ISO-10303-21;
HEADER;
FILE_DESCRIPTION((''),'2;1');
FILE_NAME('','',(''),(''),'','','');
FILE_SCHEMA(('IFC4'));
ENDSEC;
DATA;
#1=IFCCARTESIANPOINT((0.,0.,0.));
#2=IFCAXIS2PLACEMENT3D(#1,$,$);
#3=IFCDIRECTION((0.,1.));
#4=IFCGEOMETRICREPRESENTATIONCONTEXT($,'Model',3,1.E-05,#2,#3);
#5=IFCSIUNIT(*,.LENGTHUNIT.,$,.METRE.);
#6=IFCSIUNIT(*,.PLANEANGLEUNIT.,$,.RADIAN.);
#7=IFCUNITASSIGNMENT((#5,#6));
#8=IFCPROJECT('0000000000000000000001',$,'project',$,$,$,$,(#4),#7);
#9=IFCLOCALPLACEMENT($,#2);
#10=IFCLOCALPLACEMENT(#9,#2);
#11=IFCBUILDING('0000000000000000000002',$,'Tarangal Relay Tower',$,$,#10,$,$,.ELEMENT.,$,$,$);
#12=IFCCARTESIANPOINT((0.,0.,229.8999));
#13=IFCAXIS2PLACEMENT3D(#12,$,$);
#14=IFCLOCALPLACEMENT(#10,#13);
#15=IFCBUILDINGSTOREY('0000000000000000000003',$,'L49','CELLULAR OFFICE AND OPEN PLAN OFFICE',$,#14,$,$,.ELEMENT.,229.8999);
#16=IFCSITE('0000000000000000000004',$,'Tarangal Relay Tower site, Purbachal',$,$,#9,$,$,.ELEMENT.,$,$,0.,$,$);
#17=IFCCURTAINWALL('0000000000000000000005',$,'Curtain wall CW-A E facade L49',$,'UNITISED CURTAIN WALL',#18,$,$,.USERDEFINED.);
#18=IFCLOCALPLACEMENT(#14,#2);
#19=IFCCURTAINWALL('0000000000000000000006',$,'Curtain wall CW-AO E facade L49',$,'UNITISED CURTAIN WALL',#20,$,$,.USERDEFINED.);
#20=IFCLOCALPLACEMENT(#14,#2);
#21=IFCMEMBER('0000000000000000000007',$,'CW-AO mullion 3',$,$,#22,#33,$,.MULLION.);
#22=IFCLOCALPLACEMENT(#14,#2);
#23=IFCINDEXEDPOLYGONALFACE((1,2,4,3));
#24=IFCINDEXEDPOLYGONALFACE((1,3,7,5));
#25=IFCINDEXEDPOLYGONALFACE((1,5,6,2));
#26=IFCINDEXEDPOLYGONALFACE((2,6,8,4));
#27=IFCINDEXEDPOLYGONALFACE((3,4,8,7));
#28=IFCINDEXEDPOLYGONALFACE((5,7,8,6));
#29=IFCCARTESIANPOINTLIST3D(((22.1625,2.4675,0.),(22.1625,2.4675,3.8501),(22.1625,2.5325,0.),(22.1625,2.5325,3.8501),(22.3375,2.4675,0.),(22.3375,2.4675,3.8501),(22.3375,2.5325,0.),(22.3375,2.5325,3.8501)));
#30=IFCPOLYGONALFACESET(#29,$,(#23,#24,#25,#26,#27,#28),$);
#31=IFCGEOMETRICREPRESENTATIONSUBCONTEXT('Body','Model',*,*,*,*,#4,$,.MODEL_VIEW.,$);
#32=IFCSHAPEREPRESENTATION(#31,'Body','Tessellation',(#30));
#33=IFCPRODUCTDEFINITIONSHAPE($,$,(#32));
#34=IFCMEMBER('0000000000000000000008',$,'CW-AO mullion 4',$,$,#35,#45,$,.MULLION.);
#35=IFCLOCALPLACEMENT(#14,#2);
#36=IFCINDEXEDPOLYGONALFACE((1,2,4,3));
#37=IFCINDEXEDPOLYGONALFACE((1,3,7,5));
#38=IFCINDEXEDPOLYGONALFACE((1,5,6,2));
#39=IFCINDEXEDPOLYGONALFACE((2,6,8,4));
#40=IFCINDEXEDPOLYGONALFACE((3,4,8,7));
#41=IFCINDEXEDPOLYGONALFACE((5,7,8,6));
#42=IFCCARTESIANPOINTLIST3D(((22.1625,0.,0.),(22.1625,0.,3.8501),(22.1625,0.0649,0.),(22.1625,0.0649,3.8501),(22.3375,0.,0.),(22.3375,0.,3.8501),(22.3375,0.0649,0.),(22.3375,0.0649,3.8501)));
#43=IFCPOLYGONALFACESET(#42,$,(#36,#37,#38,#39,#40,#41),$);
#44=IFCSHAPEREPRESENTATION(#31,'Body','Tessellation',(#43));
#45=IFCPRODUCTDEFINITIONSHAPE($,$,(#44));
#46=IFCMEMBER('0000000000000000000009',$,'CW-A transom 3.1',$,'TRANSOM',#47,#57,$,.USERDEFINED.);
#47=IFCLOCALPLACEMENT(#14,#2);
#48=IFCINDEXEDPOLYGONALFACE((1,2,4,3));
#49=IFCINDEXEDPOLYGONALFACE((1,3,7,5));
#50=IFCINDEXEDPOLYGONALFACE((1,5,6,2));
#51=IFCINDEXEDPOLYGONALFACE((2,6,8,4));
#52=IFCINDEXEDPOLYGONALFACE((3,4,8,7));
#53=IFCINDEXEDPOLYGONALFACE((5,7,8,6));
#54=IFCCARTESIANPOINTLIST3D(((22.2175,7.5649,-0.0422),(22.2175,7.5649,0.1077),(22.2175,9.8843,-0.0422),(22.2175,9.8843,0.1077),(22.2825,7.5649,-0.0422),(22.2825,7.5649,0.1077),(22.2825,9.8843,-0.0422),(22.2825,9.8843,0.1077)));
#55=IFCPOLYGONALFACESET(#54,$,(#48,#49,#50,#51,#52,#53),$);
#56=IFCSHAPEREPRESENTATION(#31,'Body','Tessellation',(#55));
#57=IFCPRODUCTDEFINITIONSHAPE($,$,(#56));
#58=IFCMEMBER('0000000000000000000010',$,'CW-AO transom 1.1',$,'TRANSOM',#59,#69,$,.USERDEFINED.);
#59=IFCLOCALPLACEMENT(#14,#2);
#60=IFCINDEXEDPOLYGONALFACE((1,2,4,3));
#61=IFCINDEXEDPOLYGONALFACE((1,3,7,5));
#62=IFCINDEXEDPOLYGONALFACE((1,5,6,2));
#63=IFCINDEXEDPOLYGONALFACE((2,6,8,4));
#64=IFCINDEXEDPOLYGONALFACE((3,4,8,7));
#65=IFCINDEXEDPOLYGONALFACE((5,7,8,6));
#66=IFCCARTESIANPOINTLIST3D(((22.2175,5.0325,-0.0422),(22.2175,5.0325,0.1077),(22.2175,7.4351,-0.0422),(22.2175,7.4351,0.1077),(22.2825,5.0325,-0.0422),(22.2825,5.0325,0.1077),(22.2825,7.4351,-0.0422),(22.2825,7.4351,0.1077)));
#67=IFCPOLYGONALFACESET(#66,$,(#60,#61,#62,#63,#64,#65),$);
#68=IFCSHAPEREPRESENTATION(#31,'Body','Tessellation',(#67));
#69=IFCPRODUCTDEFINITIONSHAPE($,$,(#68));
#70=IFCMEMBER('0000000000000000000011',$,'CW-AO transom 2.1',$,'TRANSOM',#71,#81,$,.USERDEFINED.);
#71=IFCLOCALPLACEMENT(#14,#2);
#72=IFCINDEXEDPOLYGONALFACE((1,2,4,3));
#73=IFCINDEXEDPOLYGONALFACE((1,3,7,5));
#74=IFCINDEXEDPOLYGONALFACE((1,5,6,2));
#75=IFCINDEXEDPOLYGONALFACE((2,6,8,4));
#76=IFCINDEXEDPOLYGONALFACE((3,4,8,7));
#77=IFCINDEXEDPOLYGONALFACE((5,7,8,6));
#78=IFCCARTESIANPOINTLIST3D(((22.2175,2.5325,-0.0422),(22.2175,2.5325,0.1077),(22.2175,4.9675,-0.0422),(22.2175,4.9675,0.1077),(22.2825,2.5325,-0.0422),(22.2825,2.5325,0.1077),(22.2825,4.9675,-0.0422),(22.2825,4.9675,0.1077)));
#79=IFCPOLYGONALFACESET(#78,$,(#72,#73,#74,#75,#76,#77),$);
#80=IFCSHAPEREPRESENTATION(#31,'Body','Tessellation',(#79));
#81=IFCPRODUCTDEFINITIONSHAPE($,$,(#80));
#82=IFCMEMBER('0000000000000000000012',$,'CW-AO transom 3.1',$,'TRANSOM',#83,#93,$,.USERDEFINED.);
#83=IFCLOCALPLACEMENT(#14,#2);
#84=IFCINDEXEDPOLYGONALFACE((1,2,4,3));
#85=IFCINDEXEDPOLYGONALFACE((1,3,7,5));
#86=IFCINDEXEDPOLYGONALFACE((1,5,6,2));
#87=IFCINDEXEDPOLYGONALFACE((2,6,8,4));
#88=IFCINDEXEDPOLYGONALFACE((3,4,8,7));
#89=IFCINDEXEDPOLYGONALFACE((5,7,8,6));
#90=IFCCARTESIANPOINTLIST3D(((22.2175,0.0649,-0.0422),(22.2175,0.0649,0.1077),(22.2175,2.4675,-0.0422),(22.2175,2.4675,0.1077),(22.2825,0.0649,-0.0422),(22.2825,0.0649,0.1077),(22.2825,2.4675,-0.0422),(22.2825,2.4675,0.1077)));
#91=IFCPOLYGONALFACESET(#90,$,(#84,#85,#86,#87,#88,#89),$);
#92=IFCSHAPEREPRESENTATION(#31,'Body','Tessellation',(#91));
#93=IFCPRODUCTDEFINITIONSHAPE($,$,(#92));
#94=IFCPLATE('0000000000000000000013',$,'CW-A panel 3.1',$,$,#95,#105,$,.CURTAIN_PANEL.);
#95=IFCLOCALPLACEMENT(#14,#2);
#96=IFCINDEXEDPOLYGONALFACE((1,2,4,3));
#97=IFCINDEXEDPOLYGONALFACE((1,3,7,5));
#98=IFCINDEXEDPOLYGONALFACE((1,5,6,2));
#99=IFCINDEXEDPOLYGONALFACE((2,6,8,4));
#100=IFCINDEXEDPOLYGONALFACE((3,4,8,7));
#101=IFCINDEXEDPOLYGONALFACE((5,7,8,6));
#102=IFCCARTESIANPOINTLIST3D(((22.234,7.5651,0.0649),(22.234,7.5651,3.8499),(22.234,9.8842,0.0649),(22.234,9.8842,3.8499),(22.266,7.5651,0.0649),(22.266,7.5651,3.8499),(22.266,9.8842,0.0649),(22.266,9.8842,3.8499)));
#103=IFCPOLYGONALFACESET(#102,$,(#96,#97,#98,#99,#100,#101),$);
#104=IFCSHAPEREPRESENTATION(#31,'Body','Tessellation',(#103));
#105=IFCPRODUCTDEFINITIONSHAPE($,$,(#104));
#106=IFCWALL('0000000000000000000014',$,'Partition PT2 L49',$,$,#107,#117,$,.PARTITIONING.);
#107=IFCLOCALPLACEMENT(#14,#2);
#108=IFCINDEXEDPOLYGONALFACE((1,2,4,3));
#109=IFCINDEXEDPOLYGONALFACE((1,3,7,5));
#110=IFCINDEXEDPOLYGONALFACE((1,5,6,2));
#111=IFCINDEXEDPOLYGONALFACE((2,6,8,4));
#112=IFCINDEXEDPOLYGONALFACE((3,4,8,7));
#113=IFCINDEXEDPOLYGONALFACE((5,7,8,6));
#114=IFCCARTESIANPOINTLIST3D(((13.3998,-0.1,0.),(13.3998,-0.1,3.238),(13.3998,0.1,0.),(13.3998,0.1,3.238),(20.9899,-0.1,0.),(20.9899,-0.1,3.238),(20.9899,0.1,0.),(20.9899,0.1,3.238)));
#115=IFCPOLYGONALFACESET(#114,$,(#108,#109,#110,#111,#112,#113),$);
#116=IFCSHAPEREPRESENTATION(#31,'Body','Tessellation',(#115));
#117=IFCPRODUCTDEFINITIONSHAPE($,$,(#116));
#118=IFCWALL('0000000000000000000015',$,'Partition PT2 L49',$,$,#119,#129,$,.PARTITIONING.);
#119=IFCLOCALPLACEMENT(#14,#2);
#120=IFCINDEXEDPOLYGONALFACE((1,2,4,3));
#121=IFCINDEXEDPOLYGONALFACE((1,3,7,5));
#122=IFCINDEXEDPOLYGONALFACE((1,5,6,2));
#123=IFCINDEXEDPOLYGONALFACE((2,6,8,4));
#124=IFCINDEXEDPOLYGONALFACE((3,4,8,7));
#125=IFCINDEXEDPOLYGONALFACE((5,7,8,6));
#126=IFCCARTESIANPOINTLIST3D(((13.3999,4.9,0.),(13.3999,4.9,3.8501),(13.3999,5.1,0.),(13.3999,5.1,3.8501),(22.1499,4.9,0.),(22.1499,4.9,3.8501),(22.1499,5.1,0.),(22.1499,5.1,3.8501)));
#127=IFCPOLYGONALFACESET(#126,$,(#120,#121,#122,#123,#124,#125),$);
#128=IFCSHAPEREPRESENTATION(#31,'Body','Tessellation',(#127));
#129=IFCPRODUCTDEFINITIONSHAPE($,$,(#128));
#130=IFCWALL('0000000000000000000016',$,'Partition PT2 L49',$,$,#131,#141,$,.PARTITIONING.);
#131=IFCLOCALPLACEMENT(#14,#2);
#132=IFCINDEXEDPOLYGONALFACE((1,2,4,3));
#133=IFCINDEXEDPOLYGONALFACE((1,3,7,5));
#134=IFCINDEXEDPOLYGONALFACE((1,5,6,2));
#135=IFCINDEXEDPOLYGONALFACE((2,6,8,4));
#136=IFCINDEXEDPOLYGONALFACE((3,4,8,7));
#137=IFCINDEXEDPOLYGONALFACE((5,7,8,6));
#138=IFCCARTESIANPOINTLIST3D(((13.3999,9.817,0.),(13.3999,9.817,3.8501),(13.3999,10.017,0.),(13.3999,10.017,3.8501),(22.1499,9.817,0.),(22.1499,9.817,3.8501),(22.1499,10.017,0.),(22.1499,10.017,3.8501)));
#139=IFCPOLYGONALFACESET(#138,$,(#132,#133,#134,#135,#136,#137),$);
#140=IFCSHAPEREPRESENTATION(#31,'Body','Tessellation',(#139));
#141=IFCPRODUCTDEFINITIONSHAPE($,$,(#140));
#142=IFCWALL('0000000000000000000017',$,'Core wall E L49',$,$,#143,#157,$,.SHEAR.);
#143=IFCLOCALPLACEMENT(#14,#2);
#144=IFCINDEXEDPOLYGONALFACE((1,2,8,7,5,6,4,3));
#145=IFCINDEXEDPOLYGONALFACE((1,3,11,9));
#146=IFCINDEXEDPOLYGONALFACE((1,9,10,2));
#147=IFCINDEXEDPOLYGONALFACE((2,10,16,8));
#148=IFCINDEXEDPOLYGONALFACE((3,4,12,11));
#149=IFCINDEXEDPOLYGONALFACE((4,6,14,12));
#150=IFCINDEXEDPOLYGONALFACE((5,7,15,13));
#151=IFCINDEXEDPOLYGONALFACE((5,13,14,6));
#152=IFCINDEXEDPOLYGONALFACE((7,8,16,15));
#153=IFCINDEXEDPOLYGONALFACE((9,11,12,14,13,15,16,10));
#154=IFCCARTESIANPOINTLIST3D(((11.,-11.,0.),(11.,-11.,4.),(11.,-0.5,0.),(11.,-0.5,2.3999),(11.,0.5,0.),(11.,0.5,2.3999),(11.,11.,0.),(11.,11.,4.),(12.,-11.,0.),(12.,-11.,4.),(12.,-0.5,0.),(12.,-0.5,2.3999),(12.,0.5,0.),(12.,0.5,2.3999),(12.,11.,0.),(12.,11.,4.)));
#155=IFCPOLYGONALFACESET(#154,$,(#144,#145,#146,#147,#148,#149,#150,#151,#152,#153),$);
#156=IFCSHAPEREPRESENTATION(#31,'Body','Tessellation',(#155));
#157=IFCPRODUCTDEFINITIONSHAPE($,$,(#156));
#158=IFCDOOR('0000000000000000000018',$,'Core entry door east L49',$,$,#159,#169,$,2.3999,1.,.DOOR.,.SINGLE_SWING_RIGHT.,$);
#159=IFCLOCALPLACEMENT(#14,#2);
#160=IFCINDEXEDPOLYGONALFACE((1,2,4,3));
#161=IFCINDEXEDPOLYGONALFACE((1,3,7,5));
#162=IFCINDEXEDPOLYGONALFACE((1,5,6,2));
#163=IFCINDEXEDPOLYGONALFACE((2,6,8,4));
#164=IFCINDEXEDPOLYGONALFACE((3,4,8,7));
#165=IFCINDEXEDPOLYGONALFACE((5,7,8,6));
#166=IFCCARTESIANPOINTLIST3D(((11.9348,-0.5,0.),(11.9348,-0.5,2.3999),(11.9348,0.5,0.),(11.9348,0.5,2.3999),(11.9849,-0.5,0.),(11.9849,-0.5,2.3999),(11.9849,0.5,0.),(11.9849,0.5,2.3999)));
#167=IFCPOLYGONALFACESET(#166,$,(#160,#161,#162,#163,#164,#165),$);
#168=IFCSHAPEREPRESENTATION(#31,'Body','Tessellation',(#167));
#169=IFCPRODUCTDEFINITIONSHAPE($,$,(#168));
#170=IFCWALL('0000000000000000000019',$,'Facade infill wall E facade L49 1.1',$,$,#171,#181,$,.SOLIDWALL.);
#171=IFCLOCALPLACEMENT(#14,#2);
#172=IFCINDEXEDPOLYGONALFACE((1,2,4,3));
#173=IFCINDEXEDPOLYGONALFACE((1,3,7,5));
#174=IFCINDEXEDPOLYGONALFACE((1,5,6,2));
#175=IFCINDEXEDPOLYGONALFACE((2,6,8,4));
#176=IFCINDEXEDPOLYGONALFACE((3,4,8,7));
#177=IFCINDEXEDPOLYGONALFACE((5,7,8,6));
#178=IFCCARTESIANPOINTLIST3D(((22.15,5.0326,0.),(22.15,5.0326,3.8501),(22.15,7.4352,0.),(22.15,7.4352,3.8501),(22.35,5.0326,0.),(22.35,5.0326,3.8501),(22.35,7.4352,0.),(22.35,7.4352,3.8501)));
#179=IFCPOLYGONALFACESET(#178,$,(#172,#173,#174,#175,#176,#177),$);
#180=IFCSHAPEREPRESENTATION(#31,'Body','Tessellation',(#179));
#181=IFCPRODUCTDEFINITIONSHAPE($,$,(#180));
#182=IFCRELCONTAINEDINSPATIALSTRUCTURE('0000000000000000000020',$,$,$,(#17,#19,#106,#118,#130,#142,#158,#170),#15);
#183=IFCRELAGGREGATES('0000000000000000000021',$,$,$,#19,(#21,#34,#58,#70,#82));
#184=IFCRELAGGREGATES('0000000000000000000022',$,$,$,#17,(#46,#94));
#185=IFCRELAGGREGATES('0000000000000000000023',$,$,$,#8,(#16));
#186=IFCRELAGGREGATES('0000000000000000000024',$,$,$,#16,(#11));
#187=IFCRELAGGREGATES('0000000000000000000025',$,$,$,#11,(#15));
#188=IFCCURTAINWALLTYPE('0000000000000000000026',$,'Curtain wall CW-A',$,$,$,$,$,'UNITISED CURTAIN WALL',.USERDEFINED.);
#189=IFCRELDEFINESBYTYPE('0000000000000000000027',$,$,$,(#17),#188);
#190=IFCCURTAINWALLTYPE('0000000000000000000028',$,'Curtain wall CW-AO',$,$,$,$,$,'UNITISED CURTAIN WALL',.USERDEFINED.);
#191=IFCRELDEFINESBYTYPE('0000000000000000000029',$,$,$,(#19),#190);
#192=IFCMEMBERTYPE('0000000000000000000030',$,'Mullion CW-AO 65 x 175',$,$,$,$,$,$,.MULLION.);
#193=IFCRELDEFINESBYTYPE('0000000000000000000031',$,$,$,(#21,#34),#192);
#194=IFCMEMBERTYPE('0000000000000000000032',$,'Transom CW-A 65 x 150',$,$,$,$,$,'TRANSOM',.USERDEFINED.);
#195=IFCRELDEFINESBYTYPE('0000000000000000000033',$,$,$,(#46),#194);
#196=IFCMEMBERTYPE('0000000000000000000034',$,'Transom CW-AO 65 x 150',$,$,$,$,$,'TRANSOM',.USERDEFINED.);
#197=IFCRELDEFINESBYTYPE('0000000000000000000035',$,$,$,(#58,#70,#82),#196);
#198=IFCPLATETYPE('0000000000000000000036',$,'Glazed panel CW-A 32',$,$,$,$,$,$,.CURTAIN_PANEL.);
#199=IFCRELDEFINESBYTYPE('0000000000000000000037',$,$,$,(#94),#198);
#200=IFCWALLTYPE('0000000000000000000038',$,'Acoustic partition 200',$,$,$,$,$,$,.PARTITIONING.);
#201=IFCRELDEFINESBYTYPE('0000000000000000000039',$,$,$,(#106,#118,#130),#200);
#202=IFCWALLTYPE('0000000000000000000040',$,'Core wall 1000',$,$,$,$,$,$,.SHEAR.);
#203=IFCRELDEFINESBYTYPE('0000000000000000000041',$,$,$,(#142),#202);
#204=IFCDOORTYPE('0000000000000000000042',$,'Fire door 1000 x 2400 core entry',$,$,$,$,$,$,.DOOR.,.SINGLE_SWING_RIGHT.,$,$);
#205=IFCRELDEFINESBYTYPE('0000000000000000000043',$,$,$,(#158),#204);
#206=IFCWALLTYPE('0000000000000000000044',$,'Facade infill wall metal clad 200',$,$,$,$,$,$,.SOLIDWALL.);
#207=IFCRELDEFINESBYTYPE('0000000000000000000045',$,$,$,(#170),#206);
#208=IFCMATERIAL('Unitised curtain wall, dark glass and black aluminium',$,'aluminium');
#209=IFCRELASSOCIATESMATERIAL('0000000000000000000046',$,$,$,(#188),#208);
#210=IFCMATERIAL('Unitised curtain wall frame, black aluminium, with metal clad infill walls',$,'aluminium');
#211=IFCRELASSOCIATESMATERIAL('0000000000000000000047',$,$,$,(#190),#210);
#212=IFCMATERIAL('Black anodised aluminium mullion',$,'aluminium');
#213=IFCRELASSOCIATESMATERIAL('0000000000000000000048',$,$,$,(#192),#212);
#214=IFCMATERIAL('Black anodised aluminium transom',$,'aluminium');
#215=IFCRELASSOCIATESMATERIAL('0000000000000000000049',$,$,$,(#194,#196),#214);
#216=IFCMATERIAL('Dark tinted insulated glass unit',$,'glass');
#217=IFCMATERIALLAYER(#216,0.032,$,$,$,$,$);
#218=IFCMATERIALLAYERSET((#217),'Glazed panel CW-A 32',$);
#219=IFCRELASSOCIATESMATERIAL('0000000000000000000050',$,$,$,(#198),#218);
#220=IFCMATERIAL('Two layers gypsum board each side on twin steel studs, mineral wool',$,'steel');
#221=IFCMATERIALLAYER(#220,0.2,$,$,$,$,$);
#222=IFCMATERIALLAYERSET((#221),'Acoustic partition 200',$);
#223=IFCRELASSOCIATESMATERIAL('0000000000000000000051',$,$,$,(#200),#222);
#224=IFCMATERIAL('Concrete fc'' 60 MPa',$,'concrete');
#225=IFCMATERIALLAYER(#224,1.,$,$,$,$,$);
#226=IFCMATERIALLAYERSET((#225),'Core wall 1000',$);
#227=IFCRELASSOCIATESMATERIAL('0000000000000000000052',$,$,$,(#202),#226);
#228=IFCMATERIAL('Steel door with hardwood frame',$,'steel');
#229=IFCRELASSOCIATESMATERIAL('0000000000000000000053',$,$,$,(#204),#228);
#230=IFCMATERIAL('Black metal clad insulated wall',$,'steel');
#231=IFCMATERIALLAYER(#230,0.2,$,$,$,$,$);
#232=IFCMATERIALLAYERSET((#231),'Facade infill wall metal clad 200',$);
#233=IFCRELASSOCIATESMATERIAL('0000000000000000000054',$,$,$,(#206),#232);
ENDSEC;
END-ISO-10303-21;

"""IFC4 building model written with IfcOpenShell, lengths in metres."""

from ifc_helpers import new_model, si_unit, direction, frame, frame_2d, origin, origin_2d, place, context, subcontext, project, spatial, rectangle, extrude, material, layer, layer_set, material_profile, profile_set, type_object, element, fill, aggregate, save


model = new_model("IFC4")

# Units and contexts
model_context = context("Model", 3, precision=1e-05, world=origin(), true_north=direction((0.0, 1.0)))
body_context = subcontext(model_context, "Body", "Model", "MODEL_VIEW")
ifc_project = project(units=[si_unit("LENGTHUNIT", "METRE"), si_unit("PLANEANGLEUNIT", "RADIAN")], contexts=[model_context])

# Site, building, storey
site_placement = place(None, origin())
site = spatial("IfcSite", under=ifc_project, at=site_placement, Name="Tarangal Relay Tower site, Purbachal", CompositionType="ELEMENT", RefElevation=0.0)
building_placement = place(site_placement, origin())
building = spatial("IfcBuilding", under=site, at=building_placement, Name="Tarangal Relay Tower", CompositionType="ELEMENT")
storey_placement = place(building_placement, frame((0.0, 0.0, 229.8999)))
storey = spatial("IfcBuildingStorey", under=building, at=storey_placement, Name="L49", Description="CELLULAR OFFICE AND OPEN PLAN OFFICE", CompositionType="ELEMENT", Elevation=229.8999)

# Curtain walls, members
ifc_material_1 = material(Name="Unitised curtain wall, dark glass and black aluminium", Category="aluminium")
curtain_wall_type_1 = type_object("IfcCurtainWallType", Name="Curtain wall CW-A", ElementType="UNITISED CURTAIN WALL", PredefinedType="USERDEFINED", material=ifc_material_1)
curtain_wall_1_placement = place(storey_placement, origin())
curtain_wall_1 = element("IfcCurtainWall", 1, at=curtain_wall_1_placement, inside=storey, type_object=curtain_wall_type_1, Name="Curtain wall CW-A E facade L49", ObjectType="UNITISED CURTAIN WALL", PredefinedType="USERDEFINED")
ifc_material_2 = material(Name="Black anodised aluminium mullion", Category="aluminium")
ifc_material_3 = material(Name="Unitised curtain wall frame, black aluminium, with metal clad infill walls", Category="aluminium")
curtain_wall_type_2 = type_object("IfcCurtainWallType", Name="Curtain wall CW-AO", ElementType="UNITISED CURTAIN WALL", PredefinedType="USERDEFINED", material=ifc_material_3)
curtain_wall_2_placement = place(storey_placement, origin())
curtain_wall_2 = element("IfcCurtainWall", 2, at=curtain_wall_2_placement, inside=storey, type_object=curtain_wall_type_2, Name="Curtain wall CW-AO E facade L49", ObjectType="UNITISED CURTAIN WALL", PredefinedType="USERDEFINED")
ifc_material_profile_1 = material_profile(ifc_material_2, rectangle(XDim=0.175, YDim=0.0649, at=origin_2d()), Name="CW-AOM 65X175")
ifc_profile_set_1 = profile_set([ifc_material_profile_1], Name="Black anodised aluminium mullion")
member_type_1 = type_object("IfcMemberType", Name="Mullion CW-AO 65 x 175", PredefinedType="MULLION", material=ifc_profile_set_1)
member_1_placement = place(storey_placement, frame((22.25, 2.5, 0.0), z_axis=(0.0, 0.0, 1.0), x_axis=(1.0, 0.0, 0.0)))
member_1 = element("IfcMember", 3, at=member_1_placement, type_object=member_type_1, Name="CW-AO mullion 3", PredefinedType="MULLION", context=body_context, shape_type="SweptSolid", body=[
    extrude(rectangle(XDim=0.175, YDim=0.0649, at=origin_2d()), origin(), (0.0, 0.0, 1.0), 3.8501),
])
member_2_placement = place(storey_placement, frame((22.25, 0.0325, 0.0), z_axis=(0.0, 0.0, 1.0), x_axis=(1.0, 0.0, 0.0)))
member_2 = element("IfcMember", 4, at=member_2_placement, type_object=member_type_1, Name="CW-AO mullion 4", PredefinedType="MULLION", context=body_context, shape_type="SweptSolid", body=[
    extrude(rectangle(XDim=0.175, YDim=0.0649, at=origin_2d()), origin(), (0.0, 0.0, 1.0), 3.8501),
])

# Members
ifc_material_4 = material(Name="Black anodised aluminium transom", Category="aluminium")
ifc_material_profile_2 = material_profile(ifc_material_4, rectangle(XDim=0.0649, YDim=0.1499, at=origin_2d()), Name="CW-AT 65X150")
ifc_profile_set_2 = profile_set([ifc_material_profile_2], Name="Black anodised aluminium transom")
member_type_2 = type_object("IfcMemberType", Name="Transom CW-A 65 x 150", ElementType="TRANSOM", PredefinedType="USERDEFINED", material=ifc_profile_set_2)
member_3_placement = place(storey_placement, frame((22.25, 9.8843, 0.0327), z_axis=(0.0, -1.0, 0.0), x_axis=(1.0, 0.0, 0.0)))
member_3 = element("IfcMember", 5, at=member_3_placement, type_object=member_type_2, Name="CW-A transom 3.1", ObjectType="TRANSOM", PredefinedType="USERDEFINED", context=body_context, shape_type="SweptSolid", body=[
    extrude(rectangle(XDim=0.0649, YDim=0.1499, at=origin_2d()), origin(), (0.0, 0.0, 1.0), 2.3193),
])
ifc_material_profile_3 = material_profile(ifc_material_4, rectangle(XDim=0.0649, YDim=0.1499, at=origin_2d()), Name="CW-AOT 65X150")
ifc_profile_set_3 = profile_set([ifc_material_profile_3], Name="Black anodised aluminium transom")
member_type_3 = type_object("IfcMemberType", Name="Transom CW-AO 65 x 150", ElementType="TRANSOM", PredefinedType="USERDEFINED", material=ifc_profile_set_3)
member_4_placement = place(storey_placement, frame((22.25, 7.4351, 0.0327), z_axis=(0.0, -1.0, 0.0), x_axis=(1.0, 0.0, 0.0)))
member_4 = element("IfcMember", 6, at=member_4_placement, type_object=member_type_3, Name="CW-AO transom 1.1", ObjectType="TRANSOM", PredefinedType="USERDEFINED", context=body_context, shape_type="SweptSolid", body=[
    extrude(rectangle(XDim=0.0649, YDim=0.1499, at=origin_2d()), origin(), (0.0, 0.0, 1.0), 2.4026),
])
member_5_placement = place(storey_placement, frame((22.25, 4.9675, 0.0327), z_axis=(0.0, -1.0, 0.0), x_axis=(1.0, 0.0, 0.0)))
member_5 = element("IfcMember", 7, at=member_5_placement, type_object=member_type_3, Name="CW-AO transom 2.1", ObjectType="TRANSOM", PredefinedType="USERDEFINED", context=body_context, shape_type="SweptSolid", body=[
    extrude(rectangle(XDim=0.0649, YDim=0.1499, at=origin_2d()), origin(), (0.0, 0.0, 1.0), 2.4351),
])
member_6_placement = place(storey_placement, frame((22.25, 2.4675, 0.0327), z_axis=(0.0, -1.0, 0.0), x_axis=(1.0, 0.0, 0.0)))
member_6 = element("IfcMember", 8, at=member_6_placement, type_object=member_type_3, Name="CW-AO transom 3.1", ObjectType="TRANSOM", PredefinedType="USERDEFINED", context=body_context, shape_type="SweptSolid", body=[
    extrude(rectangle(XDim=0.0649, YDim=0.1499, at=origin_2d()), origin(), (0.0, 0.0, 1.0), 2.4026),
])
aggregate(curtain_wall_2, [member_1, member_2, member_4, member_5, member_6])

# Plate
ifc_material_5 = material(Name="Dark tinted insulated glass unit", Category="glass")
ifc_layer_1 = layer(ifc_material_5, 0.032)
ifc_layer_set_1 = layer_set([ifc_layer_1], Name="Glazed panel CW-A 32")
plate_type = type_object("IfcPlateType", Name="Glazed panel CW-A 32", PredefinedType="CURTAIN_PANEL", material=ifc_layer_set_1)
plate_placement = place(storey_placement, frame((22.25, 8.7246, 0.0649), z_axis=(0.0, 0.0, 1.0), x_axis=(0.0, -1.0, 0.0)))
plate = element("IfcPlate", 9, at=plate_placement, type_object=plate_type, Name="CW-A panel 3.1", PredefinedType="CURTAIN_PANEL", context=body_context, shape_type="SweptSolid", body=[
    extrude(rectangle(XDim=2.3191, YDim=0.032, at=origin_2d()), origin(), (0.0, 0.0, 1.0), 3.7849),
])
aggregate(curtain_wall_1, [member_3, plate])

# Walls
ifc_material_6 = material(Name="Two layers gypsum board each side on twin steel studs, mineral wool", Category="steel")
ifc_layer_2 = layer(ifc_material_6, 0.2)
ifc_layer_set_2 = layer_set([ifc_layer_2], Name="Acoustic partition 200")
wall_type_1 = type_object("IfcWallType", Name="Acoustic partition 200", PredefinedType="PARTITIONING", material=ifc_layer_set_2)
wall_1_placement = place(storey_placement, frame((13.3999, 0.0, 0.0), z_axis=(0.0, 0.0, 1.0), x_axis=(1.0, 0.0, 0.0)))
element("IfcWall", 10, at=wall_1_placement, inside=storey, type_object=wall_type_1, Name="Partition PT2 L49", PredefinedType="PARTITIONING", context=body_context, shape_type="SweptSolid", body=[
    extrude(rectangle(XDim=7.5901, YDim=0.2, at=frame_2d((3.7949, 0.0))), origin(), (0.0, 0.0, 1.0), 3.238),
])
for number, where, z_axis, x_axis, name in (
    (11, (13.3999, 5.0, 0.0), (0.0, 0.0, 1.0), (1.0, 0.0, 0.0), "Partition PT2 L49"),
    (12, (13.3999, 9.917, 0.0), (0.0, 0.0, 1.0), (1.0, 0.0, 0.0), "Partition PT2 L49"),
):
    element("IfcWall", number, at=place(storey_placement, frame(where, z_axis=z_axis, x_axis=x_axis)), inside=storey, type_object=wall_type_1, Name=name, PredefinedType="PARTITIONING", context=body_context, shape_type="SweptSolid", body=[
        extrude(rectangle(XDim=8.75, YDim=0.2, at=frame_2d((4.375, 0.0))), origin(), (0.0, 0.0, 1.0), 3.8501),
    ])

# Wall, opening, door
ifc_material_7 = material(Name="Concrete fc' 60 MPa", Category="concrete")
ifc_layer_3 = layer(ifc_material_7, 1.0)
ifc_layer_set_3 = layer_set([ifc_layer_3], Name="Core wall 1000")
wall_type_2 = type_object("IfcWallType", Name="Core wall 1000", PredefinedType="SHEAR", material=ifc_layer_set_3)
wall_2_placement = place(storey_placement, frame((11.5, 11.0, 0.0), z_axis=(0.0, 0.0, 1.0), x_axis=(0.0, -1.0, 0.0)))
wall_2 = element("IfcWall", 13, at=wall_2_placement, inside=storey, type_object=wall_type_2, Name="Core wall E L49", PredefinedType="SHEAR", context=body_context, shape_type="SweptSolid", body=[
    extrude(rectangle(XDim=22.0, YDim=1.0, at=frame_2d((11.0, 0.0))), origin(), (0.0, 0.0, 1.0), 4.0),
])
opening_placement = place(wall_2_placement, frame((10.5, 0.0, 0.0)))
opening = element("IfcOpeningElement", 14, at=opening_placement, cuts=wall_2, PredefinedType="OPENING", context=body_context, shape_type="SweptSolid", body=[
    extrude(rectangle(XDim=1.0, YDim=2.3999, at=frame_2d((0.5, 1.2))), frame((0.0, 0.51, 0.0), z_axis=(0.0, -1.0, 0.0), x_axis=(1.0, 0.0, 0.0)), (0.0, 0.0, 1.0), 1.02),
])
ifc_material_8 = material(Name="Steel door with hardwood frame", Category="steel")
door_type = type_object("IfcDoorType", Name="Fire door 1000 x 2400 core entry", OperationType="SINGLE_SWING_RIGHT", PredefinedType="DOOR", material=ifc_material_8)
door_placement = place(opening_placement, origin())
door = element("IfcDoor", 15, at=door_placement, inside=storey, type_object=door_type, Name="Core entry door east L49", OperationType="SINGLE_SWING_RIGHT", OverallHeight=2.3999, OverallWidth=1.0, PredefinedType="DOOR", context=body_context, shape_type="SweptSolid", body=[
    extrude(rectangle(XDim=1.0, YDim=2.3999, at=frame_2d((0.5, 1.2))), frame((0.0, 0.4849, 0.0), z_axis=(0.0, -1.0, 0.0), x_axis=(1.0, 0.0, 0.0)), (0.0, 0.0, 1.0), 0.05),
])
fill(opening, door)

# Wall
ifc_material_9 = material(Name="Black metal clad insulated wall", Category="steel")
ifc_layer_4 = layer(ifc_material_9, 0.2)
ifc_layer_set_4 = layer_set([ifc_layer_4], Name="Facade infill wall metal clad 200")
wall_type_3 = type_object("IfcWallType", Name="Facade infill wall metal clad 200", PredefinedType="SOLIDWALL", material=ifc_layer_set_4)
wall_3_placement = place(storey_placement, frame((22.25, 7.4351, 0.0), z_axis=(0.0, 0.0, 1.0), x_axis=(0.0, -1.0, 0.0)))
element("IfcWall", 16, at=wall_3_placement, inside=storey, type_object=wall_type_3, Name="Facade infill wall E facade L49 1.1", PredefinedType="SOLIDWALL", context=body_context, shape_type="SweptSolid", body=[
    extrude(rectangle(XDim=2.4026, YDim=0.2, at=frame_2d((1.2012, 0.0))), origin(), (0.0, 0.0, 1.0), 3.8501),
])

save(model, "model.ifc")
